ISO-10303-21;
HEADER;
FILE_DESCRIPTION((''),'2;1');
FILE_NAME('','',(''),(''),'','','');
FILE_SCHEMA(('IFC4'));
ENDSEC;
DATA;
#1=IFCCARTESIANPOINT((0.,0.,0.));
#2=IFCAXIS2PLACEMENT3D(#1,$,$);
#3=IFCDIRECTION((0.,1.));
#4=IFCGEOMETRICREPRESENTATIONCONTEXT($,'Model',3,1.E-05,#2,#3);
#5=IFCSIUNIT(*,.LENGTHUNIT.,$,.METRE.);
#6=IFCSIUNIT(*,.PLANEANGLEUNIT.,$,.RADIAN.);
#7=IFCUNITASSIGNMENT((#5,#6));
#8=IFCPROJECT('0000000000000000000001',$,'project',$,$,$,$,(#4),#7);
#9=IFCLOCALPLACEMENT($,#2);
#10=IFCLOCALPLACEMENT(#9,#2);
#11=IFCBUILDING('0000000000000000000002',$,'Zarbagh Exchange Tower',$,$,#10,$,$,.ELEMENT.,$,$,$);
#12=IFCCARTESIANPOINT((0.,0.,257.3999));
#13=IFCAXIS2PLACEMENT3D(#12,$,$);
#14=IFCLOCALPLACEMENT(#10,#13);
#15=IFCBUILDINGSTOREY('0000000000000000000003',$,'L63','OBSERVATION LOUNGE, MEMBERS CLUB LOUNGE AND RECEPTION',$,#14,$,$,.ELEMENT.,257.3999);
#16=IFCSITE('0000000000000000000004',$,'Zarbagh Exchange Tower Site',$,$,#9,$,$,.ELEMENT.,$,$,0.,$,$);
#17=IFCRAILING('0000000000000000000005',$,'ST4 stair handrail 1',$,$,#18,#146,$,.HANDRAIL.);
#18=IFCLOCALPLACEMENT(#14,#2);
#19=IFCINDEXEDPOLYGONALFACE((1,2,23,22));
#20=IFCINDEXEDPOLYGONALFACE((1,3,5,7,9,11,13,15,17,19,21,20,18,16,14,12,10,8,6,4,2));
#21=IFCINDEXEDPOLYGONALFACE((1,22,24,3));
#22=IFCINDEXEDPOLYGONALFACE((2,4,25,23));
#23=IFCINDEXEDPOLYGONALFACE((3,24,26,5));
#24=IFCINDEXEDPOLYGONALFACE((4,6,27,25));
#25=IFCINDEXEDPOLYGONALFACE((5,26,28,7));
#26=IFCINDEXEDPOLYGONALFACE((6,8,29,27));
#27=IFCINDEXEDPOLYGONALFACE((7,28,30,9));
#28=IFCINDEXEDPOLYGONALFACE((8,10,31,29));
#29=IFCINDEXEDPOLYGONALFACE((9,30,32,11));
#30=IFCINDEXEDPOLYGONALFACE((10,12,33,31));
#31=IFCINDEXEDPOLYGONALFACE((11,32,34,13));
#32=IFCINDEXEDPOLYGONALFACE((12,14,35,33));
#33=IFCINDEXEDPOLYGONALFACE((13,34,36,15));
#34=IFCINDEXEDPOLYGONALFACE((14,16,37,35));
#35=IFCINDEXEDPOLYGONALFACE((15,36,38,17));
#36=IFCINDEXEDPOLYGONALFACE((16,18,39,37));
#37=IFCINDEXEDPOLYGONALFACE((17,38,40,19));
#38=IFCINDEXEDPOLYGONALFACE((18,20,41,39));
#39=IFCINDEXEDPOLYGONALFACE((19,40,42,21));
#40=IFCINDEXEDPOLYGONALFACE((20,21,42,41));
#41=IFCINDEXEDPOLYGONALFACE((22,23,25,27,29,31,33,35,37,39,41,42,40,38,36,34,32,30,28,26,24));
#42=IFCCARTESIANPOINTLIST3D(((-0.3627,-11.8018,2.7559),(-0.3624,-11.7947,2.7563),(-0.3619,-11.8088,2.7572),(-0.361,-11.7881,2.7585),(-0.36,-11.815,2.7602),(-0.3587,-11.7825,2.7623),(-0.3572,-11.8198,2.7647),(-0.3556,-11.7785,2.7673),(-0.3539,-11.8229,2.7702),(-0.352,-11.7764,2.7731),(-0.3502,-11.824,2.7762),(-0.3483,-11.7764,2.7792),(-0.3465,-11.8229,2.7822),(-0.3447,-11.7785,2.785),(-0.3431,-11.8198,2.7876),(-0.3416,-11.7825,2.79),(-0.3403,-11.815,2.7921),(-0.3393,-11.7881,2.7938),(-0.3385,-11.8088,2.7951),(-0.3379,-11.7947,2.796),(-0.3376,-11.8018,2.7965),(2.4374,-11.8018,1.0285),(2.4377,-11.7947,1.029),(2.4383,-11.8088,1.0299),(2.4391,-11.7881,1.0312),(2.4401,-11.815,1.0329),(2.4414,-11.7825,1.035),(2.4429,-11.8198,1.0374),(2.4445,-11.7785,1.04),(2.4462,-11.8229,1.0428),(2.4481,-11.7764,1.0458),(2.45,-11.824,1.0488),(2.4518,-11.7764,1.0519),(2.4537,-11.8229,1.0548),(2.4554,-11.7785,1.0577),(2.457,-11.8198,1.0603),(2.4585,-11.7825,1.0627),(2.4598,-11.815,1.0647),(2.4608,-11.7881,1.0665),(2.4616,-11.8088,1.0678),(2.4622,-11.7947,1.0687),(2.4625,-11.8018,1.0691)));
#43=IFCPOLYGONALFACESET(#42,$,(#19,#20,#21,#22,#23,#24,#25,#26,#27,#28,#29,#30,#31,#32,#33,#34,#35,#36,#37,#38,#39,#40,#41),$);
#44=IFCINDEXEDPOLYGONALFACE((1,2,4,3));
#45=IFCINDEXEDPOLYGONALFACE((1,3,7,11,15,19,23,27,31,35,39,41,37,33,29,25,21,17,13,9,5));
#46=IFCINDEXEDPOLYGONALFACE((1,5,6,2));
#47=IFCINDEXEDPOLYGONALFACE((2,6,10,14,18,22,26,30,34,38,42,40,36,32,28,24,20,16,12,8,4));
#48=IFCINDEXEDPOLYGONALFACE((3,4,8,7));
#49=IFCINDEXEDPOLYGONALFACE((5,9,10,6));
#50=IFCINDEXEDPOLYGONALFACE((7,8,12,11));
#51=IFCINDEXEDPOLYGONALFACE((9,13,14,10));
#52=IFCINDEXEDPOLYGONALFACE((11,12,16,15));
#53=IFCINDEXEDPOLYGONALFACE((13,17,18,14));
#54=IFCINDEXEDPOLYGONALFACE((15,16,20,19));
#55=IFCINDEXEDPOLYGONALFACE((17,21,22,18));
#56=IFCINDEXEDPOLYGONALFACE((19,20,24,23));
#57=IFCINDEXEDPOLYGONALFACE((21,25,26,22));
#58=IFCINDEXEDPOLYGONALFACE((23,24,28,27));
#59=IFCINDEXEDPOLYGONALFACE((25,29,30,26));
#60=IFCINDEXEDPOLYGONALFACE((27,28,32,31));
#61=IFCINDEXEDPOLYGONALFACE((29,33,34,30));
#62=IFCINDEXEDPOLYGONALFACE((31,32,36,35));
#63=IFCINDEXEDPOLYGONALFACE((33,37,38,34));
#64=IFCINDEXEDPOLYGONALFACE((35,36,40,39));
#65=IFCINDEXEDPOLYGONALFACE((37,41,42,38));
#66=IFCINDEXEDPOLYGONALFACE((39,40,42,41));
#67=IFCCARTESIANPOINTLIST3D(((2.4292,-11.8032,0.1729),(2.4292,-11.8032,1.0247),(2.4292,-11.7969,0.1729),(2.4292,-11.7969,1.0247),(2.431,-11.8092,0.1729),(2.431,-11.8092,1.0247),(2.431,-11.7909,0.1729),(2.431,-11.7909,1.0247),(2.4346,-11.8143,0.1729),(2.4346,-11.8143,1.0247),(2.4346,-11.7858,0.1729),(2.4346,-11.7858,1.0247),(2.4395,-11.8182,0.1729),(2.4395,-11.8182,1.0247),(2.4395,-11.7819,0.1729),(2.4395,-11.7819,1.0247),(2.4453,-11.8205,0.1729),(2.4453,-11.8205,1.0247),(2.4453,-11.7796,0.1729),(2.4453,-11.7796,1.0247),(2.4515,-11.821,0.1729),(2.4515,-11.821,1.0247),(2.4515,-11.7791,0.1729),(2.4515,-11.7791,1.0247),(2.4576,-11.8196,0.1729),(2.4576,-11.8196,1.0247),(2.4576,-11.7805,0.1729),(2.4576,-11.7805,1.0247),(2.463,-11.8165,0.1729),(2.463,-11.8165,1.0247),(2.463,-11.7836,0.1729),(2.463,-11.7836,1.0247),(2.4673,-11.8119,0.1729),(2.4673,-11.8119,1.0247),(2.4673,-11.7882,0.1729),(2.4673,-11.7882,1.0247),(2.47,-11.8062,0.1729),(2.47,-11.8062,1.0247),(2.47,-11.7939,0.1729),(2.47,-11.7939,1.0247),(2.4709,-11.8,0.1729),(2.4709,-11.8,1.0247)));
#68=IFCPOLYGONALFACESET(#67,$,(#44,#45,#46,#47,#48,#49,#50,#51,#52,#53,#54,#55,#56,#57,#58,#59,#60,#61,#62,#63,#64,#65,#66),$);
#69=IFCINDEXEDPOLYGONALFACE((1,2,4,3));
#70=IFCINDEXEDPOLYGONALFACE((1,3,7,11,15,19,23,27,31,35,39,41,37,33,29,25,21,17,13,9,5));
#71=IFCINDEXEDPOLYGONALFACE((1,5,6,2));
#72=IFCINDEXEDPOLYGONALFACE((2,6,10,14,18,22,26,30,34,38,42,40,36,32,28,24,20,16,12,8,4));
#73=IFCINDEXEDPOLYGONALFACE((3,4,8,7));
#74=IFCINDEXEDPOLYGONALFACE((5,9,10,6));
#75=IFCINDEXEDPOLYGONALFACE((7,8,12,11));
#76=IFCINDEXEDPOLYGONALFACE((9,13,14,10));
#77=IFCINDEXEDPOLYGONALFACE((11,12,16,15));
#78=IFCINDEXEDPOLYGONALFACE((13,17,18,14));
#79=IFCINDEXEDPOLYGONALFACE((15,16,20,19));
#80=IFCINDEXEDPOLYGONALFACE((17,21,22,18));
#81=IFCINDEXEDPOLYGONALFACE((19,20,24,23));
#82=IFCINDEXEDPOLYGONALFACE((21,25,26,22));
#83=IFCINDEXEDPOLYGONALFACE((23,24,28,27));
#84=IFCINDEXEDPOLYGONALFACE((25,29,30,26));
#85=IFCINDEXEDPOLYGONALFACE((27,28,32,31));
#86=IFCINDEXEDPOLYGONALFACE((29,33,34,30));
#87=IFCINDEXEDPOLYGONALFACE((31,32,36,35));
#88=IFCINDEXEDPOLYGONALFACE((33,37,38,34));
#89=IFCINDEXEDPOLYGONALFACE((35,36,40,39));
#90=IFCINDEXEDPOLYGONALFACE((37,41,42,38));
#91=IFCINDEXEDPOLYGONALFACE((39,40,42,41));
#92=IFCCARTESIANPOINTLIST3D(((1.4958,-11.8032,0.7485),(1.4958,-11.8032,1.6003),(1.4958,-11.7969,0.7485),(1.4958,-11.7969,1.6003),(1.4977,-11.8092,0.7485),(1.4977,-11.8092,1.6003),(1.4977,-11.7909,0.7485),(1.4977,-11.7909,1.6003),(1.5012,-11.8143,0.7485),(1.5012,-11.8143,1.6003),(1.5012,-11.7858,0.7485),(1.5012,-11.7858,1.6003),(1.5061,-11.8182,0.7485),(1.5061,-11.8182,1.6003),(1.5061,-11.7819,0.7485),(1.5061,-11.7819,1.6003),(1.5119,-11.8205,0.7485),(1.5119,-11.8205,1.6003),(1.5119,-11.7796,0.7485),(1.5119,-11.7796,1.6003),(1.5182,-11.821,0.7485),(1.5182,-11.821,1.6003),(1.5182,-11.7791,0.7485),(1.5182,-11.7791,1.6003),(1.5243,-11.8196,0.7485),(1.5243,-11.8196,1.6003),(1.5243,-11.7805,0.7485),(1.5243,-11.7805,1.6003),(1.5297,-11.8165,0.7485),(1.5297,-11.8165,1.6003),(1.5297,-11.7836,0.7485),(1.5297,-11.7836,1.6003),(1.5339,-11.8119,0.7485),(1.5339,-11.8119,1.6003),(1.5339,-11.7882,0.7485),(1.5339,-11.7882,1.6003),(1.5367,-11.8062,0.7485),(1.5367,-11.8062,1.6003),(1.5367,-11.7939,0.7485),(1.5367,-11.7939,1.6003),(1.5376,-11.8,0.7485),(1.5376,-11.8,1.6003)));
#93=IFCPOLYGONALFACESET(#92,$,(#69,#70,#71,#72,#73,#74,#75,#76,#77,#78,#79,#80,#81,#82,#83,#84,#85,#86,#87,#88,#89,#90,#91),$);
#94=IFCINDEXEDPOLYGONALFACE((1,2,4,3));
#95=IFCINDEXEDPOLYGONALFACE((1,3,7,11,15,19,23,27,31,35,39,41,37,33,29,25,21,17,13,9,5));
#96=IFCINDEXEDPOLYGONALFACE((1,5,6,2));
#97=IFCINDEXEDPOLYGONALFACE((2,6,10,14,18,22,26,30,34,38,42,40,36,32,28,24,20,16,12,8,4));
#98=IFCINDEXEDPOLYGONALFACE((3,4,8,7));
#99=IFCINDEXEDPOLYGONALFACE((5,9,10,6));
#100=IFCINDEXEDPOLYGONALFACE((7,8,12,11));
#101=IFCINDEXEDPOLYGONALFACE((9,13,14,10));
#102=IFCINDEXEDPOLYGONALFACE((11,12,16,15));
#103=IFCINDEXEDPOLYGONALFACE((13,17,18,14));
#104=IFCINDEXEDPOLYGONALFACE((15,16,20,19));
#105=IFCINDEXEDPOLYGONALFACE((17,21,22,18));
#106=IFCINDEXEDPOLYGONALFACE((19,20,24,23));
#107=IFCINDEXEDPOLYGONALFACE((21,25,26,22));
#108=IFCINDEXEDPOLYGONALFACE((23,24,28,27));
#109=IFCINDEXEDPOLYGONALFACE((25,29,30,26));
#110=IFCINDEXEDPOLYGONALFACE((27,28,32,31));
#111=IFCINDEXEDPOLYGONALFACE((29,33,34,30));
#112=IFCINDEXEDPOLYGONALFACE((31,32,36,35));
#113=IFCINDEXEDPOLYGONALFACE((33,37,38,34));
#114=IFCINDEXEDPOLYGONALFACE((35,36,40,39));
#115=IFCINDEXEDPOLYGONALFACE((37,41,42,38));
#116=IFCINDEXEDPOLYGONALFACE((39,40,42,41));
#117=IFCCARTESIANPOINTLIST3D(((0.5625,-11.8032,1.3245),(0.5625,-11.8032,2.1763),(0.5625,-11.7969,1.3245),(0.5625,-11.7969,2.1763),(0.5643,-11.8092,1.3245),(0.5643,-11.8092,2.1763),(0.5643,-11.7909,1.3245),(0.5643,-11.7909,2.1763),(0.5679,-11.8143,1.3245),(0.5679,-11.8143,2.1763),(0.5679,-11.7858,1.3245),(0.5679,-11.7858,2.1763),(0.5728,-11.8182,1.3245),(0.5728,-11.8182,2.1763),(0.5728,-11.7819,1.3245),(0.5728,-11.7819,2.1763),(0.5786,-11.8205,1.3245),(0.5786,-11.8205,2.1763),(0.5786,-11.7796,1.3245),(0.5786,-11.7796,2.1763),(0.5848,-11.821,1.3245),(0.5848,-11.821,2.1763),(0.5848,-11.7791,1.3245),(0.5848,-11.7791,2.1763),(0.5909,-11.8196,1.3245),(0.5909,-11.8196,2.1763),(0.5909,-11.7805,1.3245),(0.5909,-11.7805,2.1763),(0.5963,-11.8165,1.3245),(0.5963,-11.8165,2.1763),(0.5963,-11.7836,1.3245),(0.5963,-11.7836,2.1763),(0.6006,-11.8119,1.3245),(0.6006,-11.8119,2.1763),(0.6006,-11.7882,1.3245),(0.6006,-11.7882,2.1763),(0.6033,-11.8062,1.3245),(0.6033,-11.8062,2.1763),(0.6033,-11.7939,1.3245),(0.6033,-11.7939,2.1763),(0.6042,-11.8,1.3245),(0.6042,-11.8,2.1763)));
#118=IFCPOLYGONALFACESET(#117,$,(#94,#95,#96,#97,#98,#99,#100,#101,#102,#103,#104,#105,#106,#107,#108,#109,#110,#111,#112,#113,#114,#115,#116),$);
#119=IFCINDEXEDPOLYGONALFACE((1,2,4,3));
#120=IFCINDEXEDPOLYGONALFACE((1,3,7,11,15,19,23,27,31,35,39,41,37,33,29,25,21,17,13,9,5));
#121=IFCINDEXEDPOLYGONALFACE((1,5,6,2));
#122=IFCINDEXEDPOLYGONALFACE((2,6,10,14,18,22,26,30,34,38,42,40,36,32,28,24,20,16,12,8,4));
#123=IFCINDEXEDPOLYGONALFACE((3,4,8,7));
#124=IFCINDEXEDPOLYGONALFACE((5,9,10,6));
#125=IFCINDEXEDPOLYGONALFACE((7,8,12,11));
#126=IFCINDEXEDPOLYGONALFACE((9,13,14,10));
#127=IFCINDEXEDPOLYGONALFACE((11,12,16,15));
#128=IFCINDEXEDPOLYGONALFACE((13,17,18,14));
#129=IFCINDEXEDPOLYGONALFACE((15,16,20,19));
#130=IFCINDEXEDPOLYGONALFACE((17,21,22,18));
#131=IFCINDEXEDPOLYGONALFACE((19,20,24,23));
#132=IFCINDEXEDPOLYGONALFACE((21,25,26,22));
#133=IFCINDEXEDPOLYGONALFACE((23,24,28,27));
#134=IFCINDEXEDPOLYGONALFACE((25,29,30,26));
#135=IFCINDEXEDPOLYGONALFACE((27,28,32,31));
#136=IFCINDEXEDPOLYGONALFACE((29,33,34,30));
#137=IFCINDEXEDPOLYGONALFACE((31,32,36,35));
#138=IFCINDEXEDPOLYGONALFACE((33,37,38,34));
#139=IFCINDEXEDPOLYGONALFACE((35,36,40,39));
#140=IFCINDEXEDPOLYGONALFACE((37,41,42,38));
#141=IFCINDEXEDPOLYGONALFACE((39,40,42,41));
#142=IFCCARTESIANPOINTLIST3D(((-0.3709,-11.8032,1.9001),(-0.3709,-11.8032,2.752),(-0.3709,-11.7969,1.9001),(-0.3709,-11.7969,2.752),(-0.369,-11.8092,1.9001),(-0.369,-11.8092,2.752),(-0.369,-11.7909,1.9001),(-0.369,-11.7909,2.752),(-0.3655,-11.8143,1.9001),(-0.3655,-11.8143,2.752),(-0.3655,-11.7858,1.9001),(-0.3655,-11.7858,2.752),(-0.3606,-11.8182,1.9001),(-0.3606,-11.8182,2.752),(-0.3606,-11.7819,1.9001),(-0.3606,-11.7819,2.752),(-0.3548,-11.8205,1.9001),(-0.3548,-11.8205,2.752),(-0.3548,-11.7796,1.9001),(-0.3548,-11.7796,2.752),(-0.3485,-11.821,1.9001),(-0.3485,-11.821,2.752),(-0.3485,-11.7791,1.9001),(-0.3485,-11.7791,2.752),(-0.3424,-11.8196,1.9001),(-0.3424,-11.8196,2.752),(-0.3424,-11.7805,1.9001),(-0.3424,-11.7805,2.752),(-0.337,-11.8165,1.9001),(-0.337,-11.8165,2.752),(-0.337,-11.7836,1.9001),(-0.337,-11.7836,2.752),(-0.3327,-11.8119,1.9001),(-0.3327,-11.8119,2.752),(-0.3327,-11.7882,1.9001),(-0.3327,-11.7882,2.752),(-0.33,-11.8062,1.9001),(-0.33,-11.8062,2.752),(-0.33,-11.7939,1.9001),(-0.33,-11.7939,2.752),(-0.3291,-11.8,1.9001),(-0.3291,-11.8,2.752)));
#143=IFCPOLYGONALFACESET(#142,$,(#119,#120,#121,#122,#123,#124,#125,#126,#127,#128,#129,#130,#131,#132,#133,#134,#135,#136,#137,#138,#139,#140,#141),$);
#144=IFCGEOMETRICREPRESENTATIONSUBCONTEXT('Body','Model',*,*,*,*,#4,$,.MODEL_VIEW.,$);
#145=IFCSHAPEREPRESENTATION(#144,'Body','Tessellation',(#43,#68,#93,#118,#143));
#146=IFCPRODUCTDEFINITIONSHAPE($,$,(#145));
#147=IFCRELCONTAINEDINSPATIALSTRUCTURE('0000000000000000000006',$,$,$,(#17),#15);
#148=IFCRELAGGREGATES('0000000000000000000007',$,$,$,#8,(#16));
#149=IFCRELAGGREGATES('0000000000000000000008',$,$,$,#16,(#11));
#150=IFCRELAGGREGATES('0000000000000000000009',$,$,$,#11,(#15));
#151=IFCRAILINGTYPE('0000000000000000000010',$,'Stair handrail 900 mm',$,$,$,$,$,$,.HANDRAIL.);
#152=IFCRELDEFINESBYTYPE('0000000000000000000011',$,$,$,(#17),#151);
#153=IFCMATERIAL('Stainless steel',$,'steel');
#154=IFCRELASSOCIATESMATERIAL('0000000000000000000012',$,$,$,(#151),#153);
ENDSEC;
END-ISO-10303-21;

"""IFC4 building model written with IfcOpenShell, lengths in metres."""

from ifc_helpers import new_model, si_unit, direction, frame, origin, origin_2d, place, context, subcontext, project, spatial, circle, extrude, material, type_object, element, save


model = new_model("IFC4")

# Units and contexts
model_context = context("Model", 3, precision=1e-05, world=origin(), true_north=direction((0.0, 1.0)))
body_context = subcontext(model_context, "Body", "Model", "MODEL_VIEW")
ifc_project = project(units=[si_unit("LENGTHUNIT", "METRE"), si_unit("PLANEANGLEUNIT", "RADIAN")], contexts=[model_context])

# Site, building, storey
site_placement = place(None, origin())
site = spatial("IfcSite", under=ifc_project, at=site_placement, Name="Zarbagh Exchange Tower Site", CompositionType="ELEMENT", RefElevation=0.0)
building_placement = place(site_placement, origin())
building = spatial("IfcBuilding", under=site, at=building_placement, Name="Zarbagh Exchange Tower", CompositionType="ELEMENT")
storey_placement = place(building_placement, frame((0.0, 0.0, 257.3999)))
storey = spatial("IfcBuildingStorey", under=building, at=storey_placement, Name="L63", Description="OBSERVATION LOUNGE, MEMBERS CLUB LOUNGE AND RECEPTION", CompositionType="ELEMENT", Elevation=257.3999)

# Railing
ifc_material_1 = material(Name="Stainless steel", Category="steel")
railing_type = type_object("IfcRailingType", Name="Stair handrail 900 mm", PredefinedType="HANDRAIL", material=ifc_material_1)
railing_placement = place(storey_placement, frame((2.45, -11.8, 0.1729)))
element("IfcRailing", 1, at=railing_placement, inside=storey, type_object=railing_type, Name="ST4 stair handrail 1", PredefinedType="HANDRAIL", context=body_context, shape_type="SweptSolid", body=[
    extrude(circle(Radius=0.0239, at=origin_2d()), frame((0.0, 0.0, 0.876), z_axis=(-0.85109, 0.0, 0.52502), x_axis=(0.0, -1.0, 0.0)), (0.0, 0.0, 1.0), 3.29),
    extrude(circle(Radius=0.021, at=origin_2d()), origin(), (0.0, 0.0, 1.0), 0.8518),
    extrude(circle(Radius=0.021, at=origin_2d()), frame((-0.9333, 0.0, 0.5757)), (0.0, 0.0, 1.0), 0.8518),
    extrude(circle(Radius=0.021, at=origin_2d()), frame((-1.8667, 0.0, 1.1516)), (0.0, 0.0, 1.0), 0.8518),
    extrude(circle(Radius=0.021, at=origin_2d()), frame((-2.8, 0.0, 1.7273)), (0.0, 0.0, 1.0), 0.8518),
])

save(model, "model.ifc")
